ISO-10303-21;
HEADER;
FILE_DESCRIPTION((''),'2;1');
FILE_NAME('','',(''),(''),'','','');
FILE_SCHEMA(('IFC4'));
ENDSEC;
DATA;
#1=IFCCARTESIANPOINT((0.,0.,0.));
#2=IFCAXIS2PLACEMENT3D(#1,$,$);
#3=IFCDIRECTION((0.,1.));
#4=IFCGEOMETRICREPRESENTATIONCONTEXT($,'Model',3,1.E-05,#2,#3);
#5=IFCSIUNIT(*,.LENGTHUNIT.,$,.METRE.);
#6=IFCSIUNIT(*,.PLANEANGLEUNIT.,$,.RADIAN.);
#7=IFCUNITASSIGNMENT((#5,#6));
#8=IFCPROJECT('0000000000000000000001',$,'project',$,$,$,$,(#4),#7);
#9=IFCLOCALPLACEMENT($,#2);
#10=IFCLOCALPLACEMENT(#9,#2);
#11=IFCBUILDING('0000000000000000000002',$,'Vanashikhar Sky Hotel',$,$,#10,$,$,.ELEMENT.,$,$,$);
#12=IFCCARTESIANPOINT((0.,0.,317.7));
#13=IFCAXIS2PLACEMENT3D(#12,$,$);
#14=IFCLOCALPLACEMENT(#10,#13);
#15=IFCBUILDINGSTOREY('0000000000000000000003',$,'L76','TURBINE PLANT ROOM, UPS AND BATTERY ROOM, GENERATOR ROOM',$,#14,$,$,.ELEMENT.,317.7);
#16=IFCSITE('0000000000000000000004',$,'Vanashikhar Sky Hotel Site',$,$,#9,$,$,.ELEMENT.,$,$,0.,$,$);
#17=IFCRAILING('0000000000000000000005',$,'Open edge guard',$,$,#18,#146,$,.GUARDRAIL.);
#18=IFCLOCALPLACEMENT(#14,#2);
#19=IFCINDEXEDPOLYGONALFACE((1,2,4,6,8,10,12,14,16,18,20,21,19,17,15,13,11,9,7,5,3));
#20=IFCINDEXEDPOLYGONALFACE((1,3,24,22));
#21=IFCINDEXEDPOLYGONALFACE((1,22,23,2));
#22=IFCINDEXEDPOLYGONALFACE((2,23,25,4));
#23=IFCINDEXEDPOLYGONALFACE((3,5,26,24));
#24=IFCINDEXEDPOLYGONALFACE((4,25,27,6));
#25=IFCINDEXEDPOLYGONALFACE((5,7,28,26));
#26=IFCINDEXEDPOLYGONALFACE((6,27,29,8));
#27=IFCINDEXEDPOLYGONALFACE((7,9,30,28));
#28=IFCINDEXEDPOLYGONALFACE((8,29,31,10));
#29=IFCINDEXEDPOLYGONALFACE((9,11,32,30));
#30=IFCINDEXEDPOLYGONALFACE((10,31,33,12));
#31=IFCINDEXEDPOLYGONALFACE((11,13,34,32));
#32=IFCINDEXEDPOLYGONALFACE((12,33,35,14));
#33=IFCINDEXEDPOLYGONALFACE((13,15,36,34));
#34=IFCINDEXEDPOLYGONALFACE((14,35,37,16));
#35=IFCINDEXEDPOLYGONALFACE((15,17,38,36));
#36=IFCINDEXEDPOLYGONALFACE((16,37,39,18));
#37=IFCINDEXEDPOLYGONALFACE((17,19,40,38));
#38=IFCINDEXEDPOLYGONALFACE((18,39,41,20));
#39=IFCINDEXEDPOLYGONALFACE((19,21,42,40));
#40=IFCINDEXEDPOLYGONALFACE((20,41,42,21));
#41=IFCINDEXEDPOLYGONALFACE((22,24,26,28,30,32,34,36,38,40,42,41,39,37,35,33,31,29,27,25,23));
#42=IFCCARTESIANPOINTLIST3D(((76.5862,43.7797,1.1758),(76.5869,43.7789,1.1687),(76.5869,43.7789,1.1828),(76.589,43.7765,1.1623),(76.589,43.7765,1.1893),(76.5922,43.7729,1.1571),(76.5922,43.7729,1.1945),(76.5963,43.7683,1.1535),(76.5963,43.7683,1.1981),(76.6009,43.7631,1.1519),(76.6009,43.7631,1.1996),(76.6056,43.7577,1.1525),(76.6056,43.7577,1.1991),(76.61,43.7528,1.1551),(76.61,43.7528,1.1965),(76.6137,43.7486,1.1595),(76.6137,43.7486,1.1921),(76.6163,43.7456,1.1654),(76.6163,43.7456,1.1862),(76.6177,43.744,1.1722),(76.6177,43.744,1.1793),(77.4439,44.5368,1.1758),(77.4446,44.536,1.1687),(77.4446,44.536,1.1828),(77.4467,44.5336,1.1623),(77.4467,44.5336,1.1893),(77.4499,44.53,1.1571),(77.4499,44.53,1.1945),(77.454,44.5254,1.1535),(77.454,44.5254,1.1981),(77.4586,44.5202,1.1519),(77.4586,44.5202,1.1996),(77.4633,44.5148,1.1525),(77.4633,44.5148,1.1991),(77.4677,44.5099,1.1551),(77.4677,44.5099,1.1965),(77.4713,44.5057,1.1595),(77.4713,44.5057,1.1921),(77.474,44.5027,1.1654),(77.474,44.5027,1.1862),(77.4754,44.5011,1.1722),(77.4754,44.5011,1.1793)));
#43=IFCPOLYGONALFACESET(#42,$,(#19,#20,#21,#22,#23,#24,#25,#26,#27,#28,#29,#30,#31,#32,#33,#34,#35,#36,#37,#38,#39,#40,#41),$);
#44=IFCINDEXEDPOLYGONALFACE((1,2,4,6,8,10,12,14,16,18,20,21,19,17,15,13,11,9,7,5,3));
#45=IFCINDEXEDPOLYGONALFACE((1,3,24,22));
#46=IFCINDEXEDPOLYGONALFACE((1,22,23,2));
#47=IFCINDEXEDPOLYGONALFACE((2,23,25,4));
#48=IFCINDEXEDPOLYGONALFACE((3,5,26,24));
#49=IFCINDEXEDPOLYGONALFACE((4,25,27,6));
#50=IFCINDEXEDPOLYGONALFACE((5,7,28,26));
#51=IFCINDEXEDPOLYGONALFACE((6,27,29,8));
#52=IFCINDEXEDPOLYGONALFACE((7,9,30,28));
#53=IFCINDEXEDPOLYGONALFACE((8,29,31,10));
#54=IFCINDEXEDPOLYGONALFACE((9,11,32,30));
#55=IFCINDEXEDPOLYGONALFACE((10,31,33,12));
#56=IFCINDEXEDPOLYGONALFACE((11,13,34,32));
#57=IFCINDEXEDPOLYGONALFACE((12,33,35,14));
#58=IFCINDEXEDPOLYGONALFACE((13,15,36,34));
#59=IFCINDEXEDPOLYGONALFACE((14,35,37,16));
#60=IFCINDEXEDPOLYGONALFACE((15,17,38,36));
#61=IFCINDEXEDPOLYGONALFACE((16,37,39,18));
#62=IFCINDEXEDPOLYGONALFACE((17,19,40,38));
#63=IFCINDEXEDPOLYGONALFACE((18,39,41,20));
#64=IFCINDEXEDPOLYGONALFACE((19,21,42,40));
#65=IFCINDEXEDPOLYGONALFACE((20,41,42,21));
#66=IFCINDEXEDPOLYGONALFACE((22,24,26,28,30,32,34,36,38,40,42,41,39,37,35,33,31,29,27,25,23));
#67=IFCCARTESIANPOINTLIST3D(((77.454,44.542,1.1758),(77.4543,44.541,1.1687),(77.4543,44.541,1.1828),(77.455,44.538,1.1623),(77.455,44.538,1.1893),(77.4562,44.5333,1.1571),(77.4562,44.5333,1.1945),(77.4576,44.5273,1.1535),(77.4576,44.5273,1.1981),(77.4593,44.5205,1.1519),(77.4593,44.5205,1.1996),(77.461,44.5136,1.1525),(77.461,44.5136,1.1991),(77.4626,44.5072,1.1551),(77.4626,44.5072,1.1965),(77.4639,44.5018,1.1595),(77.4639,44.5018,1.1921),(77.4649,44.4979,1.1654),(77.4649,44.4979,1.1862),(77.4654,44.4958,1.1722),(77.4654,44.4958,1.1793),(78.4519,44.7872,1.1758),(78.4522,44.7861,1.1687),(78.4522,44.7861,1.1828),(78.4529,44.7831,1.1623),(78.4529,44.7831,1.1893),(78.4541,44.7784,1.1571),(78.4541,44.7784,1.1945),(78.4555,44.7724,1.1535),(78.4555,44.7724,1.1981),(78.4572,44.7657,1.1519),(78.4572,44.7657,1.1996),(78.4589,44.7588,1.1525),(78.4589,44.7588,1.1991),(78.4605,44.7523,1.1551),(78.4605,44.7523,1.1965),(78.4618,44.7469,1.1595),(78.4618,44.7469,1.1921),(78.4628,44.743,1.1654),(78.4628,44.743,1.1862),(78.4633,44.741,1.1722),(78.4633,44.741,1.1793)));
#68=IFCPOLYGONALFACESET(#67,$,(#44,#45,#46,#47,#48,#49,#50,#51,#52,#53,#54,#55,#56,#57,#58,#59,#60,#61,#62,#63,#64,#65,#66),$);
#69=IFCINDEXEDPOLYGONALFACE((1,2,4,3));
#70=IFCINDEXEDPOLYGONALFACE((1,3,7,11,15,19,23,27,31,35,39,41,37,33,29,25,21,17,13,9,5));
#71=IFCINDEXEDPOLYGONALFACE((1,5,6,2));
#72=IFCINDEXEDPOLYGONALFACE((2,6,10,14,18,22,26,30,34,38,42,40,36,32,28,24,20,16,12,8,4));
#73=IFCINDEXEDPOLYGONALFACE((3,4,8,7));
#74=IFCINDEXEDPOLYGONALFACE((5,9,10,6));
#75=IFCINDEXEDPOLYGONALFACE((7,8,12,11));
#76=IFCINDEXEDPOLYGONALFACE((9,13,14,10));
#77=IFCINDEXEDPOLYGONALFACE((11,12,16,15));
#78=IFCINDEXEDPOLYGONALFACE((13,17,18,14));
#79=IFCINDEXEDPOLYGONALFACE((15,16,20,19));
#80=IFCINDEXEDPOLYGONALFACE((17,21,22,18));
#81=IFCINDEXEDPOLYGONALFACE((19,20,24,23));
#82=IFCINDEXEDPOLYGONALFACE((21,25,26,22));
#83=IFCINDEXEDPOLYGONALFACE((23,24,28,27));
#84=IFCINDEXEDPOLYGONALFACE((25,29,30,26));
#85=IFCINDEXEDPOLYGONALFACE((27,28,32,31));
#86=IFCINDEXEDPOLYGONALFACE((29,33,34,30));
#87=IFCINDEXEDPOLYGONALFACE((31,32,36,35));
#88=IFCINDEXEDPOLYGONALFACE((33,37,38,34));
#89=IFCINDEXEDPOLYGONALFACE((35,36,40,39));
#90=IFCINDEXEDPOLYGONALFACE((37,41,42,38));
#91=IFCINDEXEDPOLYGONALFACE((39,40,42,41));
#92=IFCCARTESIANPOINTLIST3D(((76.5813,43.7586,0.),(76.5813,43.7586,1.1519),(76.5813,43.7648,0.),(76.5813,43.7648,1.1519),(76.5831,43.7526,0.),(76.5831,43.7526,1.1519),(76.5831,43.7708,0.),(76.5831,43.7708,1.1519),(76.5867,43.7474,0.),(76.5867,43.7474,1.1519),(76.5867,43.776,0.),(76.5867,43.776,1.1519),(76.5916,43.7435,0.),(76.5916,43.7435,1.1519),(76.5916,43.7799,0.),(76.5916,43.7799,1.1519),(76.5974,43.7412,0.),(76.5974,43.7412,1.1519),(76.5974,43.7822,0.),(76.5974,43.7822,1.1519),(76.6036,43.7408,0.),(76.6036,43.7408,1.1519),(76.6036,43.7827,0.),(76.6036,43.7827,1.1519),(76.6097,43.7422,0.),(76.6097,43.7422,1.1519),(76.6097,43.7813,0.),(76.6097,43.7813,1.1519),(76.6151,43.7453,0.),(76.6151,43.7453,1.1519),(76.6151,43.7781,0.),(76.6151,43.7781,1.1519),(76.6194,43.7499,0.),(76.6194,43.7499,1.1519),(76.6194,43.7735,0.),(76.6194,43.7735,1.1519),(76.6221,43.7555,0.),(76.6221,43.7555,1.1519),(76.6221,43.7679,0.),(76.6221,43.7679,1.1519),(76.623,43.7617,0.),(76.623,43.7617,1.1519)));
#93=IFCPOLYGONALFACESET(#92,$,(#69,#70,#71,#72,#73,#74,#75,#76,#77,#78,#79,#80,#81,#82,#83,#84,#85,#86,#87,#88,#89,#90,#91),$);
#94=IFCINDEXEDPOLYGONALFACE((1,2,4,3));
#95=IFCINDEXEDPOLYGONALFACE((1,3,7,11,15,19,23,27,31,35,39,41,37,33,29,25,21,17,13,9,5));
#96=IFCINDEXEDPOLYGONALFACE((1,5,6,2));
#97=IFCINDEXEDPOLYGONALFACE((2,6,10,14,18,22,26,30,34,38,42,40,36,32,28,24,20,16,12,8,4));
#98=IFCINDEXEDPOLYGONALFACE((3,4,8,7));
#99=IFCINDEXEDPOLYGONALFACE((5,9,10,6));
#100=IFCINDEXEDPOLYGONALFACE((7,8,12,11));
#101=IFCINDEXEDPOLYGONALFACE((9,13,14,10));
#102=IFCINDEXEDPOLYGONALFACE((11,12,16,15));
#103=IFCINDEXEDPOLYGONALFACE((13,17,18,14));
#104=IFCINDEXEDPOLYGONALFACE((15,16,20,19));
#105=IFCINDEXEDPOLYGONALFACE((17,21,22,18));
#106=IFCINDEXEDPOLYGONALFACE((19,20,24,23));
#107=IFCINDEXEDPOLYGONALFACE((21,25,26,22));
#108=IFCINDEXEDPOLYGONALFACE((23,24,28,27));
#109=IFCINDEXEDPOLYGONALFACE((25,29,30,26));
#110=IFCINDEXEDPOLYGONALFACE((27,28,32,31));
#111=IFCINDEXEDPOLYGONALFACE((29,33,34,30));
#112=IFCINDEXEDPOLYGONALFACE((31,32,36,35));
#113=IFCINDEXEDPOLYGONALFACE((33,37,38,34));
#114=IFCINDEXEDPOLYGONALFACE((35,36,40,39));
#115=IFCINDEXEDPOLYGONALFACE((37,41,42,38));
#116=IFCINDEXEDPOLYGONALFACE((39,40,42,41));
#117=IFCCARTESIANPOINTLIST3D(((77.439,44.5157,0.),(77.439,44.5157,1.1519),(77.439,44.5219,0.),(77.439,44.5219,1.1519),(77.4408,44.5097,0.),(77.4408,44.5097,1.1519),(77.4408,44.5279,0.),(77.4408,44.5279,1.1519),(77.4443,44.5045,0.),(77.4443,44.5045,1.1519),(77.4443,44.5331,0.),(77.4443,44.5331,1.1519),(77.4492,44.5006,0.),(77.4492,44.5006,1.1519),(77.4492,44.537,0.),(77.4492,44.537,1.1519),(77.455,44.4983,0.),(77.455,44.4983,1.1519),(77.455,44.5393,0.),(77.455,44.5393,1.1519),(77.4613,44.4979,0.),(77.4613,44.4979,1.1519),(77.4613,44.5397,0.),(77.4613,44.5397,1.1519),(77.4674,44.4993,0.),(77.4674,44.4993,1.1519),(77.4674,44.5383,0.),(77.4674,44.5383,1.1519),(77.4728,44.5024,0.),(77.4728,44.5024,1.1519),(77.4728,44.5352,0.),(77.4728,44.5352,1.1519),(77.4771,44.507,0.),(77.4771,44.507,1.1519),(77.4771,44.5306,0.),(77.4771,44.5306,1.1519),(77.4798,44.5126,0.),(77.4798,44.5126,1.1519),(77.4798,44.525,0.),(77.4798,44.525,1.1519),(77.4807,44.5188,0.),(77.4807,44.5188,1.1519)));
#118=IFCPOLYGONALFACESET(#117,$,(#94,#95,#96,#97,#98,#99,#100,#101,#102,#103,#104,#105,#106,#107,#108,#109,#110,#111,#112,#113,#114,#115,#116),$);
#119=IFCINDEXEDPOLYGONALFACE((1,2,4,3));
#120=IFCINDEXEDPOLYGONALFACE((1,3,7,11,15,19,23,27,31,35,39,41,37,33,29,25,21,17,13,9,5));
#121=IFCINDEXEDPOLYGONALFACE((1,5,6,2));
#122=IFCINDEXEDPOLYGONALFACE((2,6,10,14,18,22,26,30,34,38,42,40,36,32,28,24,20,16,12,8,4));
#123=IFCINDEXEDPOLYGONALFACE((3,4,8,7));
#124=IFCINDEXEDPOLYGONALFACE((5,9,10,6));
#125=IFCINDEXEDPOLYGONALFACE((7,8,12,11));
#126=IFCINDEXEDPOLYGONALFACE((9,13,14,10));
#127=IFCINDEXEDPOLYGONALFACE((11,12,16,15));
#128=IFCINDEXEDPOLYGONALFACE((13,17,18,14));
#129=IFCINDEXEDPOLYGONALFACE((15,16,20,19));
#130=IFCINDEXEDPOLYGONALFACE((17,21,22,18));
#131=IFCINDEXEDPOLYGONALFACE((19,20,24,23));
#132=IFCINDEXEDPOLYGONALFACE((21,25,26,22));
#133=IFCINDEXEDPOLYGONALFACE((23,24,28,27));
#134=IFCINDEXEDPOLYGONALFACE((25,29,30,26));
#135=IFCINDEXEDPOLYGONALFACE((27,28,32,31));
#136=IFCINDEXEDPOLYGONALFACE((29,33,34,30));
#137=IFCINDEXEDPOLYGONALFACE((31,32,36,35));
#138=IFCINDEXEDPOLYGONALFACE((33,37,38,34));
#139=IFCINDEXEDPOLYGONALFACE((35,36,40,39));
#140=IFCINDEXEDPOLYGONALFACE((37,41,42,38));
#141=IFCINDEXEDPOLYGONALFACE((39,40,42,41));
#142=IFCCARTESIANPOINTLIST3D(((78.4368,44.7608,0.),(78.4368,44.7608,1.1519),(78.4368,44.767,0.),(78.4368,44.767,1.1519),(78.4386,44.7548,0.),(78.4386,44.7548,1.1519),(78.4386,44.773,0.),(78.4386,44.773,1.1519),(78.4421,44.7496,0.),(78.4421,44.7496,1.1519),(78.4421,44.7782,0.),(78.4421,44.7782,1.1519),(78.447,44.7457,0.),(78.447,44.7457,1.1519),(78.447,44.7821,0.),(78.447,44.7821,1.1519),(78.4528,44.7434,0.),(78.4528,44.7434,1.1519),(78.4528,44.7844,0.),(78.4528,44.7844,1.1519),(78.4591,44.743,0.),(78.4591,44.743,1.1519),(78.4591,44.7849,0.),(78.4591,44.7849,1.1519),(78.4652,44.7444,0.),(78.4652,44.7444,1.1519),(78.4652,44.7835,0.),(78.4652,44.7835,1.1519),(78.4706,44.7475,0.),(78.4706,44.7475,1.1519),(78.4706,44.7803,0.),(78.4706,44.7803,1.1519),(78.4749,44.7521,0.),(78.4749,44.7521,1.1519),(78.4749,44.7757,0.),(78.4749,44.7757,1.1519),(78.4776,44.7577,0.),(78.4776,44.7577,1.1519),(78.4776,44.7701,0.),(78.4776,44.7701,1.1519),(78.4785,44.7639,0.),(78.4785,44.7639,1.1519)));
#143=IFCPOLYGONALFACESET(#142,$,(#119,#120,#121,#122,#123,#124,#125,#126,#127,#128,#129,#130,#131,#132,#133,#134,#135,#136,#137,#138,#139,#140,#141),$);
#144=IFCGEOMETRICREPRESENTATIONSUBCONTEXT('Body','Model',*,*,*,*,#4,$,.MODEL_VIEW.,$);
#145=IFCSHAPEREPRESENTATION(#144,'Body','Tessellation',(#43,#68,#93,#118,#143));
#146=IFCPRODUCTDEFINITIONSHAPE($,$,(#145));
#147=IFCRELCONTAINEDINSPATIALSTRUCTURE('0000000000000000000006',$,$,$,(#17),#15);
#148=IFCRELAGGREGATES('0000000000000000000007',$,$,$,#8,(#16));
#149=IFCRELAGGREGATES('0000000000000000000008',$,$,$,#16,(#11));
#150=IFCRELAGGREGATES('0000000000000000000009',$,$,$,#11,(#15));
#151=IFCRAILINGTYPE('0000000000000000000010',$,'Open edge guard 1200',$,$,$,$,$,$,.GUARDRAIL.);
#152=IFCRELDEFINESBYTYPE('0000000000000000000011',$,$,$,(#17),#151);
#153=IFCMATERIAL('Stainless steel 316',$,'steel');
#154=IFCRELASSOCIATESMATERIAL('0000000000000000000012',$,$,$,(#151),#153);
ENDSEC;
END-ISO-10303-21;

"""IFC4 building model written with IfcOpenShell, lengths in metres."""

from ifc_helpers import new_model, si_unit, direction, frame, origin, origin_2d, place, context, subcontext, project, spatial, circle, extrude, source, transform, mapped, material, type_object, element, save


model = new_model("IFC4")

# Units and contexts
model_context = context("Model", 3, precision=1e-05, world=origin(), true_north=direction((0.0, 1.0)))
body_context = subcontext(model_context, "Body", "Model", "MODEL_VIEW")
ifc_project = project(units=[si_unit("LENGTHUNIT", "METRE"), si_unit("PLANEANGLEUNIT", "RADIAN")], contexts=[model_context])

# Site, building, storey
site_placement = place(None, origin())
site = spatial("IfcSite", under=ifc_project, at=site_placement, Name="Vanashikhar Sky Hotel Site", CompositionType="ELEMENT", RefElevation=0.0)
building_placement = place(site_placement, origin())
building = spatial("IfcBuilding", under=site, at=building_placement, Name="Vanashikhar Sky Hotel", CompositionType="ELEMENT")
storey_placement = place(building_placement, frame((0.0, 0.0, 317.7)))
storey = spatial("IfcBuildingStorey", under=building, at=storey_placement, Name="L76", Description="TURBINE PLANT ROOM, UPS AND BATTERY ROOM, GENERATOR ROOM", CompositionType="ELEMENT", Elevation=317.7)

# Shared definitions
ifc_material_1 = material(Name="Stainless steel 316", Category="steel")
railing_type = type_object("IfcRailingType", Name="Open edge guard 1200", PredefinedType="GUARDRAIL", material=ifc_material_1)

# Railing
shared_shape_1 = source(origin(), body_context, "Body", "SweptSolid", [
    extrude(circle(Radius=0.0239, at=origin_2d()), frame((0.0, 0.0, 1.1758), z_axis=(0.749701, 0.661777, 0.0), x_axis=(-0.661777, 0.749701, 0.0)), (0.0, 0.0, 1.0), 1.144),
    extrude(circle(Radius=0.0239, at=origin_2d()), frame((0.8577, 0.7571, 1.1758), z_axis=(0.971127, 0.238564, 0.0), x_axis=(-0.238564, 0.971127, 0.0)), (0.0, 0.0, 1.0), 1.0276),
    extrude(circle(Radius=0.021, at=origin_2d()), origin(), (0.0, 0.0, 1.0), 1.1519),
    extrude(circle(Radius=0.021, at=origin_2d()), frame((0.8577, 0.7571, 0.0)), (0.0, 0.0, 1.0), 1.1519),
    extrude(circle(Radius=0.021, at=origin_2d()), frame((1.8555, 1.0022, 0.0)), (0.0, 0.0, 1.0), 1.1519),
])
railing_1_placement = place(storey_placement, frame((76.6021, 43.7617, 0.0)))
element("IfcRailing", 1, at=railing_1_placement, inside=storey, type_object=railing_type, Name="Open edge guard", PredefinedType="GUARDRAIL", context=body_context, shape_type="MappedRepresentation", body=[
    mapped(shared_shape_1, transform((0.0, 0.0, 0.0), scale=1.0)),
])

save(model, "model.ifc")
